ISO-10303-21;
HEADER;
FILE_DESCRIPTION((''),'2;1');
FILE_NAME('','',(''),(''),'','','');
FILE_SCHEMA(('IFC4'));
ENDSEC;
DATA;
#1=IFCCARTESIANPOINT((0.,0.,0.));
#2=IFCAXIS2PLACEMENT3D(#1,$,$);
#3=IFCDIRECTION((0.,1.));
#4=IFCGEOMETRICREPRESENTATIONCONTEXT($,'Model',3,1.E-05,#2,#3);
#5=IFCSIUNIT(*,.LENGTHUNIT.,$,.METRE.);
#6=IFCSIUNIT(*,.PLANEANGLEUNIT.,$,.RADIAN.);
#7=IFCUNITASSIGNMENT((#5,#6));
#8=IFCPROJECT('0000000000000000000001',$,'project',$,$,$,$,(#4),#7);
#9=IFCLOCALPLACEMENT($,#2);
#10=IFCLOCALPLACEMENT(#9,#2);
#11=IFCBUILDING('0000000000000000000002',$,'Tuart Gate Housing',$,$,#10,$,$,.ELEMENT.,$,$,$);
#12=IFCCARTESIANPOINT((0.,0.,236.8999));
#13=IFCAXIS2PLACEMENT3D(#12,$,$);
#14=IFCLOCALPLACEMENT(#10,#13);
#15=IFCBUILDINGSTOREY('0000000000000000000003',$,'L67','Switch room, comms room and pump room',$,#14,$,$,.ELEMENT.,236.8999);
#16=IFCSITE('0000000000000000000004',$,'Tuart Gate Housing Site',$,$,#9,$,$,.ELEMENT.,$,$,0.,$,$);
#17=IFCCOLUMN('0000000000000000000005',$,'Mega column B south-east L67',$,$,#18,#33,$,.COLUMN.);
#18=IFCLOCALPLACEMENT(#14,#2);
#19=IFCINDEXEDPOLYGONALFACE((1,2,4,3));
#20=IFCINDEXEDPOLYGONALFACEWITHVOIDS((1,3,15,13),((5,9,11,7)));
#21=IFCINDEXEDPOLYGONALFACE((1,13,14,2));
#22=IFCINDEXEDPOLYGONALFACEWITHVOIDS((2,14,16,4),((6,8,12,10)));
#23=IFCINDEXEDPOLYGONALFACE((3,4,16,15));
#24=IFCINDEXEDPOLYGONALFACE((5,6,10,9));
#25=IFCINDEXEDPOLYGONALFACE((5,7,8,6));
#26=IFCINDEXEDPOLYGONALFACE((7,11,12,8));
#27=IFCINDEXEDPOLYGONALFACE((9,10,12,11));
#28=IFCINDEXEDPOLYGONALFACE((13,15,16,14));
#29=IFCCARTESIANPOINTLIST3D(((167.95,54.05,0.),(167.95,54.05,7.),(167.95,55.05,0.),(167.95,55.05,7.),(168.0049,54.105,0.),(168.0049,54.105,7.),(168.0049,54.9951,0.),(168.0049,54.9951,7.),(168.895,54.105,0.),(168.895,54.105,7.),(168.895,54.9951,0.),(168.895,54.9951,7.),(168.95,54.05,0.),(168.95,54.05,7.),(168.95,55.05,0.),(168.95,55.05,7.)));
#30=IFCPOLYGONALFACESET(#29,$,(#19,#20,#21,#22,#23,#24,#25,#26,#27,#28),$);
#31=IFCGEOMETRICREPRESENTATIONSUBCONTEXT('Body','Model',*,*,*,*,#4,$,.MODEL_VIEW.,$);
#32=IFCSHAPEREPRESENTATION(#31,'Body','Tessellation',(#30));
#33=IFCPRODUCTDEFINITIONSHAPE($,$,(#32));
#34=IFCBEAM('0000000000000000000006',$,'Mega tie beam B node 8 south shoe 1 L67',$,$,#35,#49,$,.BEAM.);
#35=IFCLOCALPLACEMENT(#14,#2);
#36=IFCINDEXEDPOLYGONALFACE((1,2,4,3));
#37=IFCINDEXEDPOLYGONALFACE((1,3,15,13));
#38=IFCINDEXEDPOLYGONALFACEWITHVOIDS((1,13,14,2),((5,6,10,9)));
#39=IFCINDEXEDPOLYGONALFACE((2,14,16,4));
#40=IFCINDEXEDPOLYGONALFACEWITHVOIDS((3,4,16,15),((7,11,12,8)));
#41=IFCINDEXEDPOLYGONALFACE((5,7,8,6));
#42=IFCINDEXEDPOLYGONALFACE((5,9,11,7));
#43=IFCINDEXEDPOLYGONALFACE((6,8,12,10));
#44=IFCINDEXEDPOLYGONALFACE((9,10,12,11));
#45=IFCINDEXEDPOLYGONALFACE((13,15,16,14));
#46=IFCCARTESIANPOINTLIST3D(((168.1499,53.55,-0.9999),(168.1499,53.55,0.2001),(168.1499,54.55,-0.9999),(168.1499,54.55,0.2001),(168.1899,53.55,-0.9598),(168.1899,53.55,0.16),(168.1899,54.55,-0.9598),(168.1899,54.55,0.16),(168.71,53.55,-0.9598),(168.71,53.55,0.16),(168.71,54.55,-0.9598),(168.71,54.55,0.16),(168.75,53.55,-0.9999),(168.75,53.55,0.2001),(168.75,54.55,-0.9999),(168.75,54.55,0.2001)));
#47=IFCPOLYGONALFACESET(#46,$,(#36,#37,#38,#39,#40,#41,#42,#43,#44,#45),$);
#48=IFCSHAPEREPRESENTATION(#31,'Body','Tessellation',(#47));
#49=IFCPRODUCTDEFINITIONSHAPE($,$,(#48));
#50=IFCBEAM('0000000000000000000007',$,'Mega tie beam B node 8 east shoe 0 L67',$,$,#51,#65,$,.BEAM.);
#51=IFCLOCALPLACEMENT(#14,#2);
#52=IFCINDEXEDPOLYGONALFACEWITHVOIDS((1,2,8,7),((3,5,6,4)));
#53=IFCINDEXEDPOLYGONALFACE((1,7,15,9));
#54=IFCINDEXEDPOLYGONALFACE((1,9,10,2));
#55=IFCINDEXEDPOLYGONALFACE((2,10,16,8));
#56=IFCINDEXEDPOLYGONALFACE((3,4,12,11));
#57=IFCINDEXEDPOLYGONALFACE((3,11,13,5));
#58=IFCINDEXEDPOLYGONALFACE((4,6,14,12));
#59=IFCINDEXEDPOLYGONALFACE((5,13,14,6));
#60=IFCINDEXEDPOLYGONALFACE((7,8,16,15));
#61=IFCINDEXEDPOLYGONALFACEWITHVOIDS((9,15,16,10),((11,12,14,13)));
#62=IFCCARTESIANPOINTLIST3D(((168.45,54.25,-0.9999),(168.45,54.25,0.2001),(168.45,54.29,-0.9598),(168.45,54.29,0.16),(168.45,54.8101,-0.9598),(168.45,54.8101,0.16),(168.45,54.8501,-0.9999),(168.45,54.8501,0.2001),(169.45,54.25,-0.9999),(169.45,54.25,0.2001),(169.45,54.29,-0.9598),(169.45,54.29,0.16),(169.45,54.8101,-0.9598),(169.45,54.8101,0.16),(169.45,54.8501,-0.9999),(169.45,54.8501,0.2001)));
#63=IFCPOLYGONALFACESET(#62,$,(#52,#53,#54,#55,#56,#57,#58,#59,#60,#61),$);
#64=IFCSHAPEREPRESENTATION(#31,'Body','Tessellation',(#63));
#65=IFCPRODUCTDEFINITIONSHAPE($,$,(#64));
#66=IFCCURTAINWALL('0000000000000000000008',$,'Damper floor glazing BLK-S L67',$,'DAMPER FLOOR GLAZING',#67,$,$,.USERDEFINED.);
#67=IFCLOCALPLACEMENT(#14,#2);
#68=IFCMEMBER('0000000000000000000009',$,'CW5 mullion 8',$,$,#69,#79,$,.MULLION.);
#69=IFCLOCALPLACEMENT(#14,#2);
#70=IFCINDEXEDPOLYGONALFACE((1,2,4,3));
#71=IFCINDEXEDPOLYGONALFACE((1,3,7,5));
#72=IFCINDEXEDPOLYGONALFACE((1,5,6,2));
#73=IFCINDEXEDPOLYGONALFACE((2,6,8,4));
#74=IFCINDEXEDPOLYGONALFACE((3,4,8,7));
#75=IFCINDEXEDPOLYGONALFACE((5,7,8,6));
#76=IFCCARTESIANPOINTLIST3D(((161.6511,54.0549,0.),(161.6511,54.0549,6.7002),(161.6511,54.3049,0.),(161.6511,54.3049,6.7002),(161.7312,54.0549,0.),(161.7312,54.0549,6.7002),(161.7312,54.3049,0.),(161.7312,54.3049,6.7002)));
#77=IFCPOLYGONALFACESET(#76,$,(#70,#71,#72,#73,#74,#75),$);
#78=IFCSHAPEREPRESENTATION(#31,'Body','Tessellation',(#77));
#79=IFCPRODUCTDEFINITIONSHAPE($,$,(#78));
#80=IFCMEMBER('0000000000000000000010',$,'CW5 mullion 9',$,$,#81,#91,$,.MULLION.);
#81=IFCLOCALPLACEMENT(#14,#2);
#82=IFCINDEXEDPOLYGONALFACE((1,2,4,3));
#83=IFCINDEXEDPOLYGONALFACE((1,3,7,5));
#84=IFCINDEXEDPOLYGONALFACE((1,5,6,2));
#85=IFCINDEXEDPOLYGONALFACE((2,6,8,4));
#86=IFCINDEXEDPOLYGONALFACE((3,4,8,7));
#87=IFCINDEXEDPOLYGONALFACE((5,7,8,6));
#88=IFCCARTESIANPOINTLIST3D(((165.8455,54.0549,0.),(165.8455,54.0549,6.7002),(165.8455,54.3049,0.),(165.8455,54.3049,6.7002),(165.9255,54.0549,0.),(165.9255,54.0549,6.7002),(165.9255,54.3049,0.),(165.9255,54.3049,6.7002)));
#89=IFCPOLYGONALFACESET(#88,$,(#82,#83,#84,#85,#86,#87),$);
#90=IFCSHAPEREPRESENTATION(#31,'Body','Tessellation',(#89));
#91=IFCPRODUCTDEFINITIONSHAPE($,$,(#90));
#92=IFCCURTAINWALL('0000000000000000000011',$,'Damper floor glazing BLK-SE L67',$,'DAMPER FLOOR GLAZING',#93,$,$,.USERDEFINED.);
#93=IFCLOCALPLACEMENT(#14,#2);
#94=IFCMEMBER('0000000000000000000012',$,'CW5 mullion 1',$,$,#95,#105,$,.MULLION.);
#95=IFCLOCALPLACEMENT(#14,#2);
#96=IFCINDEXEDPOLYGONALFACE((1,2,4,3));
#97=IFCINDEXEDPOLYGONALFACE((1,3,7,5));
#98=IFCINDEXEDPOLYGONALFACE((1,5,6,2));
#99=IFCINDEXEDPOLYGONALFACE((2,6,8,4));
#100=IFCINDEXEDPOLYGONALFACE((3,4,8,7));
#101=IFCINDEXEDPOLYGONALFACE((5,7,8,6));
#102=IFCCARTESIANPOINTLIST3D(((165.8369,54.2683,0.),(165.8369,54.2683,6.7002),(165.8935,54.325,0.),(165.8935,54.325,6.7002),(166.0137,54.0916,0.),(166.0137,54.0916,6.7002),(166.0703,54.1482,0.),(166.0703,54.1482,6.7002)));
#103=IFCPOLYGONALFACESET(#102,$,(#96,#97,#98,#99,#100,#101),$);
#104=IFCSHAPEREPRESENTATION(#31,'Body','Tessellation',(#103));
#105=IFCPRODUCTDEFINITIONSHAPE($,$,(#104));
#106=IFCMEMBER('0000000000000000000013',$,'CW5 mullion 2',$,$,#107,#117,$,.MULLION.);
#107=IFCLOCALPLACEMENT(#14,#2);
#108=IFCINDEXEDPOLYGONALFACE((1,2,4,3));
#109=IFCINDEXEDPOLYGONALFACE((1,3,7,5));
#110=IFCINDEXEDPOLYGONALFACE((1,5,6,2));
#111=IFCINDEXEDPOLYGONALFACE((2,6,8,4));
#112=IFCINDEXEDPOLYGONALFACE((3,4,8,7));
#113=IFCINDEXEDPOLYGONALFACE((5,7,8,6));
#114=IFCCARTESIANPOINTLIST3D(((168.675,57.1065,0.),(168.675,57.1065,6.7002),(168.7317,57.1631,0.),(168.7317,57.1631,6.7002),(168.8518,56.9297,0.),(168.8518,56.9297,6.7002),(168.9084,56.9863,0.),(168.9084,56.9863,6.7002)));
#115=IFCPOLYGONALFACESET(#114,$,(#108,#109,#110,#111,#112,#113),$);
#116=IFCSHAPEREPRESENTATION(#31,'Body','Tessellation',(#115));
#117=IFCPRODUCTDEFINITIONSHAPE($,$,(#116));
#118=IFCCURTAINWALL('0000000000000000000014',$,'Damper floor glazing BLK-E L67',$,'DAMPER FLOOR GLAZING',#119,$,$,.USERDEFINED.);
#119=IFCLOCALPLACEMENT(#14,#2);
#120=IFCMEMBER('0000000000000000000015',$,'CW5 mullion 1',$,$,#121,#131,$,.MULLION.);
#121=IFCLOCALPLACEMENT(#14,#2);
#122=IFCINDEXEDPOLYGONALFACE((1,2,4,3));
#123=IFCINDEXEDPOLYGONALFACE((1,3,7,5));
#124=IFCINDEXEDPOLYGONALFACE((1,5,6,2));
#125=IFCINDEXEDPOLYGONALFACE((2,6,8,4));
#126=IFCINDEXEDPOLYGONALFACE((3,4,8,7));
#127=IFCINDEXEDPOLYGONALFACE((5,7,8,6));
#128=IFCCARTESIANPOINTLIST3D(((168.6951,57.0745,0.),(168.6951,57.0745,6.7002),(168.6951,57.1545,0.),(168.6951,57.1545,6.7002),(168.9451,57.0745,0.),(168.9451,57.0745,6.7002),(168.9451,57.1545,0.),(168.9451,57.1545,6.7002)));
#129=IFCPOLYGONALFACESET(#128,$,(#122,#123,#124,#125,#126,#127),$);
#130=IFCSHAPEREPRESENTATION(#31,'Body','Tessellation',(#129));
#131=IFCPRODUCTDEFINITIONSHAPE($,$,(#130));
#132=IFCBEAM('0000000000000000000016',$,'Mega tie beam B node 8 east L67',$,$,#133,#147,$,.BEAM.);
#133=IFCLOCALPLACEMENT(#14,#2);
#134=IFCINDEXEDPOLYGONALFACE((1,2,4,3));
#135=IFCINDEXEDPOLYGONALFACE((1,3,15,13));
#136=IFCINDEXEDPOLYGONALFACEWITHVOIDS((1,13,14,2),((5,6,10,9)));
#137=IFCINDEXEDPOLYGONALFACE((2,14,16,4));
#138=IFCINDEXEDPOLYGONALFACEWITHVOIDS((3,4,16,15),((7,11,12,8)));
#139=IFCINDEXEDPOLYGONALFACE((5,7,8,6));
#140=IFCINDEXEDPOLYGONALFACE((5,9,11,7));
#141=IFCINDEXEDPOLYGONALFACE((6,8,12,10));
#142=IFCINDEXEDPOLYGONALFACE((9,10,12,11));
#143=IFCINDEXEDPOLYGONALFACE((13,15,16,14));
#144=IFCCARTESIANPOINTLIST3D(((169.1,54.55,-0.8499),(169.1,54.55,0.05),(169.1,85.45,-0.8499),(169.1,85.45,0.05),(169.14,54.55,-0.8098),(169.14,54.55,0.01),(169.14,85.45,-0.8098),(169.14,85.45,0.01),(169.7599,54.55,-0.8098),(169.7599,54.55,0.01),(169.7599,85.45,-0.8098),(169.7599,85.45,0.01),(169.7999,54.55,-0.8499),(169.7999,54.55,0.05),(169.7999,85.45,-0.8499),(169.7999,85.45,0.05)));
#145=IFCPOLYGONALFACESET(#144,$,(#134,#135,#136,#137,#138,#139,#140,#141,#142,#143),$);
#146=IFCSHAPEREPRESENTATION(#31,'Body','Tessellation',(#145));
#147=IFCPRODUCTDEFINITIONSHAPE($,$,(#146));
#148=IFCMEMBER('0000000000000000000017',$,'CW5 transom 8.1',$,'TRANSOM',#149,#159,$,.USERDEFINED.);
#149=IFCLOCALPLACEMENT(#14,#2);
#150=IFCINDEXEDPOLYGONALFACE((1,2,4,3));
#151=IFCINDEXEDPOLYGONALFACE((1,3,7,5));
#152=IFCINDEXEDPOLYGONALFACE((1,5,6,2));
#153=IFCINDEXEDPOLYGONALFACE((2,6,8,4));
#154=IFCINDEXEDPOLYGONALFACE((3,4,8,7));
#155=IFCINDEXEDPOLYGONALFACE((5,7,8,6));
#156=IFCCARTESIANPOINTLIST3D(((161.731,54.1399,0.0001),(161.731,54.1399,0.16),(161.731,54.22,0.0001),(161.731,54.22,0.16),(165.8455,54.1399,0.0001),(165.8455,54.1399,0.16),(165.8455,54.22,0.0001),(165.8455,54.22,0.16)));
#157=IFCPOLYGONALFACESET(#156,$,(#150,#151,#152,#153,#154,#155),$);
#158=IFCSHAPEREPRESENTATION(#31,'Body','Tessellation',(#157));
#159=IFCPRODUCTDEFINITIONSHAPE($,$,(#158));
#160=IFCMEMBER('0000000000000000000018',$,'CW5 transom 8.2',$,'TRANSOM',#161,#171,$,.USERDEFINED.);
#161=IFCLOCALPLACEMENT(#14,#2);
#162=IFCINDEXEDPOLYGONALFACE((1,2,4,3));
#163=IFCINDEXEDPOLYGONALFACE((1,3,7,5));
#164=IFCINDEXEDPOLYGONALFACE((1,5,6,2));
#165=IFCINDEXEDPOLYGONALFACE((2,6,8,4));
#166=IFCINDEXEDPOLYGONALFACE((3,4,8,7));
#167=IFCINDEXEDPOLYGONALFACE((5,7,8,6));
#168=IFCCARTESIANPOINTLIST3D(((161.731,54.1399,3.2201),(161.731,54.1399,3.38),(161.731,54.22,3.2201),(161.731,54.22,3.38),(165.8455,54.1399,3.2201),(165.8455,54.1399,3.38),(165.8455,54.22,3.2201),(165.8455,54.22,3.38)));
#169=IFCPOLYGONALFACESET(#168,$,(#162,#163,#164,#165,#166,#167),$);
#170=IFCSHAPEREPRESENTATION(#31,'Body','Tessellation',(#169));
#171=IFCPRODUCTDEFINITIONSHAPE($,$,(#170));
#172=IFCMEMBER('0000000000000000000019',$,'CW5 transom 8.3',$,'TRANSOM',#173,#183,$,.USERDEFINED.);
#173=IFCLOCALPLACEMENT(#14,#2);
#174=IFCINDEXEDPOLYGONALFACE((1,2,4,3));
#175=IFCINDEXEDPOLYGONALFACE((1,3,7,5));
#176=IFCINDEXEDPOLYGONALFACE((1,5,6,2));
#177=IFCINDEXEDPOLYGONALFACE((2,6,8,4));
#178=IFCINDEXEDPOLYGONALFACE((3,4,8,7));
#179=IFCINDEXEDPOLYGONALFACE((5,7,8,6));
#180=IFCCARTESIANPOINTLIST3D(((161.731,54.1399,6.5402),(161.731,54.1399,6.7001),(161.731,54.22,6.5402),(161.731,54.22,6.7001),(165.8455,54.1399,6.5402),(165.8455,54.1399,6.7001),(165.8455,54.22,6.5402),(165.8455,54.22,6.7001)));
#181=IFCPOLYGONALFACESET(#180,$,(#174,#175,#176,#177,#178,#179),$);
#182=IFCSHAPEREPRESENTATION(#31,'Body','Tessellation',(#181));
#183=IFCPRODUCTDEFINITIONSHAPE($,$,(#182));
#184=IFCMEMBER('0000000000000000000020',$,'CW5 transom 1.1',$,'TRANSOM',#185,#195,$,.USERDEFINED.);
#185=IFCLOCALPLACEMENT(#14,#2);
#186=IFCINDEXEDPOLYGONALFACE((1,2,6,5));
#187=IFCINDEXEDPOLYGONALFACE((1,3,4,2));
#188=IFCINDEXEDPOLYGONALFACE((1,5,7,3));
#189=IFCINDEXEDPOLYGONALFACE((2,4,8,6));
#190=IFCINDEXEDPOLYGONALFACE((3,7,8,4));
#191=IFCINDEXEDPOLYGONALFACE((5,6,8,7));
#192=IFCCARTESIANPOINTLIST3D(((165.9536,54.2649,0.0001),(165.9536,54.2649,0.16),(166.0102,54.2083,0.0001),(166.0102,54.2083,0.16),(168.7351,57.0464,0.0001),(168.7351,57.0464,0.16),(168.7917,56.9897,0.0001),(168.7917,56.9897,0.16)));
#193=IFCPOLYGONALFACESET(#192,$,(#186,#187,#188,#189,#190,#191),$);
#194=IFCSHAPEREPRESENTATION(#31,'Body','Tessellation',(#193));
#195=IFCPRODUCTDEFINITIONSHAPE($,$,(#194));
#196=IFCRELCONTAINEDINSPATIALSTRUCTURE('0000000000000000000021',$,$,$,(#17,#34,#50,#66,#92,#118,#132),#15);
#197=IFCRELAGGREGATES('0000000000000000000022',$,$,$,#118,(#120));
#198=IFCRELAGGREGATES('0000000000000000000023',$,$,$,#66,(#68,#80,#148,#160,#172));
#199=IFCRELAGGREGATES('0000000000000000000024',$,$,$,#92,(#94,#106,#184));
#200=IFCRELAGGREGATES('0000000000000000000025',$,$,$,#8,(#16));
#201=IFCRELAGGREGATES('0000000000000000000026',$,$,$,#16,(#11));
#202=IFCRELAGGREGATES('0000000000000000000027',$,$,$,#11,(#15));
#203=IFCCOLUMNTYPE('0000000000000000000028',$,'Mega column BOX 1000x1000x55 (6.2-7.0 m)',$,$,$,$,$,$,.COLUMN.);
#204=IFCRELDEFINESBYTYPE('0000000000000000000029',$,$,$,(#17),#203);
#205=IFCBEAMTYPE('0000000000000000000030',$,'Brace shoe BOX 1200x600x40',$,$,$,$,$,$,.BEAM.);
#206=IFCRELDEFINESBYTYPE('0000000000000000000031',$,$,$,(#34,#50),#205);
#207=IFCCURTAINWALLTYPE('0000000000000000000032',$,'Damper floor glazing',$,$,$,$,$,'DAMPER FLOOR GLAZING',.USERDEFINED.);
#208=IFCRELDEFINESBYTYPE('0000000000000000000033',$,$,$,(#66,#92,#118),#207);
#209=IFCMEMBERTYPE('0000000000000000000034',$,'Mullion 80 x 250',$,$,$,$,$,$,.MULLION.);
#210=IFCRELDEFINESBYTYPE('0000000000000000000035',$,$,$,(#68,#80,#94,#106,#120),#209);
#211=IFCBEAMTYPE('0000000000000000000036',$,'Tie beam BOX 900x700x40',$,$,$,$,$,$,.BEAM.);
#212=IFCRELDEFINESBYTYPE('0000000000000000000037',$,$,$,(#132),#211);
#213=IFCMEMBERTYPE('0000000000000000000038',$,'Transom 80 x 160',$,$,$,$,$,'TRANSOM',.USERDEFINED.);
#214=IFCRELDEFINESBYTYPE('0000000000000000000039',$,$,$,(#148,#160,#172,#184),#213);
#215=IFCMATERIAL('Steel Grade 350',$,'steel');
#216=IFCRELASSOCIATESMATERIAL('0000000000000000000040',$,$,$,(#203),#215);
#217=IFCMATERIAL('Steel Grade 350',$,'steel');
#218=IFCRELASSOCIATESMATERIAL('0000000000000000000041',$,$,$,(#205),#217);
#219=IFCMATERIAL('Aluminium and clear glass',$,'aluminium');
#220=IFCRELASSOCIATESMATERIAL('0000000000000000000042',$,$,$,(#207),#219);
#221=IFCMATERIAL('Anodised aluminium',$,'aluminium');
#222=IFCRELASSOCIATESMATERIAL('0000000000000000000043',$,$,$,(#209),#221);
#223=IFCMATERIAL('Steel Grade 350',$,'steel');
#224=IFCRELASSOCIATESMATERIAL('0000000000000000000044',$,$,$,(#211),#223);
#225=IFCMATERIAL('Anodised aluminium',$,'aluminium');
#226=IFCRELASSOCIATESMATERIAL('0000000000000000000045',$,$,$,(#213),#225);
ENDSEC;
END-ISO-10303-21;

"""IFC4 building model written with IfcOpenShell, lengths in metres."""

from ifc_helpers import new_model, si_unit, direction, frame, origin, origin_2d, place, context, subcontext, project, spatial, rectangle, hollow_rectangle, extrude, material, material_profile, profile_set, type_object, element, aggregate, save


model = new_model("IFC4")

# Units and contexts
model_context = context("Model", 3, precision=1e-05, world=origin(), true_north=direction((0.0, 1.0)))
body_context = subcontext(model_context, "Body", "Model", "MODEL_VIEW")
ifc_project = project(units=[si_unit("LENGTHUNIT", "METRE"), si_unit("PLANEANGLEUNIT", "RADIAN")], contexts=[model_context])

# Site, building, storey
site_placement = place(None, origin())
site = spatial("IfcSite", under=ifc_project, at=site_placement, Name="Tuart Gate Housing Site", CompositionType="ELEMENT", RefElevation=0.0)
building_placement = place(site_placement, origin())
building = spatial("IfcBuilding", under=site, at=building_placement, Name="Tuart Gate Housing", CompositionType="ELEMENT")
storey_placement = place(building_placement, frame((0.0, 0.0, 236.8999)))
storey = spatial("IfcBuildingStorey", under=building, at=storey_placement, Name="L67", Description="Switch room, comms room and pump room", CompositionType="ELEMENT", Elevation=236.8999)

# Column
ifc_material_1 = material(Name="Steel Grade 350", Category="steel")
ifc_material_profile_1 = material_profile(ifc_material_1, hollow_rectangle(XDim=1.0, YDim=1.0, WallThickness=0.0549, at=origin_2d()), Name="BOX 1000x1000x55")
ifc_profile_set_1 = profile_set([ifc_material_profile_1], Name="Steel Grade 350")
column_type = type_object("IfcColumnType", Name="Mega column BOX 1000x1000x55 (6.2-7.0 m)", PredefinedType="COLUMN", material=ifc_profile_set_1)
column_placement = place(storey_placement, frame((168.45, 54.55, 0.0), z_axis=(0.0, 0.0, 1.0), x_axis=(1.0, 0.0, 0.0)))
element("IfcColumn", 1, at=column_placement, inside=storey, type_object=column_type, Name="Mega column B south-east L67", PredefinedType="COLUMN", context=body_context, shape_type="SweptSolid", body=[
    extrude(hollow_rectangle(XDim=1.0, YDim=1.0, WallThickness=0.0549, at=origin_2d()), origin(), (0.0, 0.0, 1.0), 7.0),
])

# Beams
ifc_material_2 = material(Name="Steel Grade 350", Category="steel")
ifc_material_profile_2 = material_profile(ifc_material_2, hollow_rectangle(XDim=0.6001, YDim=1.2, WallThickness=0.04, at=origin_2d()), Name="BOX 1200x600x40")
ifc_profile_set_2 = profile_set([ifc_material_profile_2], Name="Steel Grade 350")
beam_type_1 = type_object("IfcBeamType", Name="Brace shoe BOX 1200x600x40", PredefinedType="BEAM", material=ifc_profile_set_2)
for number, where, z_axis, x_axis, name in (
    (2, (168.45, 54.55, -0.3999), (0.0, -1.0, 0.0), (1.0, 0.0, 0.0), "Mega tie beam B node 8 south shoe 1 L67"),
    (3, (168.45, 54.55, -0.3999), (1.0, 0.0, 0.0), (0.0, 1.0, 0.0), "Mega tie beam B node 8 east shoe 0 L67"),
):
    element("IfcBeam", number, at=place(storey_placement, frame(where, z_axis=z_axis, x_axis=x_axis)), inside=storey, type_object=beam_type_1, Name=name, PredefinedType="BEAM", context=body_context, shape_type="SweptSolid", body=[
        extrude(hollow_rectangle(XDim=0.6001, YDim=1.2, WallThickness=0.04, at=origin_2d()), origin(), (0.0, 0.0, 1.0), 1.0),
    ])

# Curtain walls, members
ifc_material_3 = material(Name="Aluminium and clear glass", Category="aluminium")
curtain_wall_type = type_object("IfcCurtainWallType", Name="Damper floor glazing", ElementType="DAMPER FLOOR GLAZING", PredefinedType="USERDEFINED", material=ifc_material_3)
curtain_wall_1_placement = place(storey_placement, origin())
curtain_wall_1 = element("IfcCurtainWall", 4, at=curtain_wall_1_placement, inside=storey, type_object=curtain_wall_type, Name="Damper floor glazing BLK-S L67", ObjectType="DAMPER FLOOR GLAZING", PredefinedType="USERDEFINED")
ifc_material_4 = material(Name="Anodised aluminium", Category="aluminium")
ifc_material_profile_3 = material_profile(ifc_material_4, rectangle(XDim=0.0801, YDim=0.25, at=origin_2d()), Name="80x250")
ifc_profile_set_3 = profile_set([ifc_material_profile_3], Name="Anodised aluminium")
member_type_1 = type_object("IfcMemberType", Name="Mullion 80 x 250", PredefinedType="MULLION", material=ifc_profile_set_3)
member_1_placement = place(storey_placement, frame((161.6912, 54.1799, 0.0), z_axis=(0.0, 0.0, 1.0), x_axis=(1.0, 0.0, 0.0)))
member_1 = element("IfcMember", 5, at=member_1_placement, type_object=member_type_1, Name="CW5 mullion 8", PredefinedType="MULLION", context=body_context, shape_type="SweptSolid", body=[
    extrude(rectangle(XDim=0.0801, YDim=0.25, at=origin_2d()), origin(), (0.0, 0.0, 1.0), 6.7002),
])
member_2_placement = place(storey_placement, frame((165.8855, 54.1799, 0.0), z_axis=(0.0, 0.0, 1.0), x_axis=(1.0, 0.0, 0.0)))
member_2 = element("IfcMember", 6, at=member_2_placement, type_object=member_type_1, Name="CW5 mullion 9", PredefinedType="MULLION", context=body_context, shape_type="SweptSolid", body=[
    extrude(rectangle(XDim=0.0801, YDim=0.25, at=origin_2d()), origin(), (0.0, 0.0, 1.0), 6.7002),
])
curtain_wall_2_placement = place(storey_placement, origin())
curtain_wall_2 = element("IfcCurtainWall", 7, at=curtain_wall_2_placement, inside=storey, type_object=curtain_wall_type, Name="Damper floor glazing BLK-SE L67", ObjectType="DAMPER FLOOR GLAZING", PredefinedType="USERDEFINED")
member_3_placement = place(storey_placement, frame((165.9536, 54.2083, 0.0), z_axis=(0.0, 0.0, 1.0), x_axis=(0.707107, 0.707107, 0.0)))
member_3 = element("IfcMember", 8, at=member_3_placement, type_object=member_type_1, Name="CW5 mullion 1", PredefinedType="MULLION", context=body_context, shape_type="SweptSolid", body=[
    extrude(rectangle(XDim=0.0801, YDim=0.25, at=origin_2d()), origin(), (0.0, 0.0, 1.0), 6.7002),
])
member_4_placement = place(storey_placement, frame((168.7917, 57.0464, 0.0), z_axis=(0.0, 0.0, 1.0), x_axis=(0.707107, 0.707107, 0.0)))
member_4 = element("IfcMember", 9, at=member_4_placement, type_object=member_type_1, Name="CW5 mullion 2", PredefinedType="MULLION", context=body_context, shape_type="SweptSolid", body=[
    extrude(rectangle(XDim=0.0801, YDim=0.25, at=origin_2d()), origin(), (0.0, 0.0, 1.0), 6.7002),
])

# Curtain wall, member
curtain_wall_3_placement = place(storey_placement, origin())
curtain_wall_3 = element("IfcCurtainWall", 10, at=curtain_wall_3_placement, inside=storey, type_object=curtain_wall_type, Name="Damper floor glazing BLK-E L67", ObjectType="DAMPER FLOOR GLAZING", PredefinedType="USERDEFINED")
member_5_placement = place(storey_placement, frame((168.8201, 57.1145, 0.0), z_axis=(0.0, 0.0, 1.0), x_axis=(0.0, 1.0, 0.0)))
member_5 = element("IfcMember", 11, at=member_5_placement, type_object=member_type_1, Name="CW5 mullion 1", PredefinedType="MULLION", context=body_context, shape_type="SweptSolid", body=[
    extrude(rectangle(XDim=0.0801, YDim=0.25, at=origin_2d()), origin(), (0.0, 0.0, 1.0), 6.7002),
])

# Beam
ifc_material_5 = material(Name="Steel Grade 350", Category="steel")
ifc_material_profile_4 = material_profile(ifc_material_5, hollow_rectangle(XDim=0.7, YDim=0.8999, WallThickness=0.04, at=origin_2d()), Name="BOX 900x700x40")
ifc_profile_set_4 = profile_set([ifc_material_profile_4], Name="Steel Grade 350")
beam_type_2 = type_object("IfcBeamType", Name="Tie beam BOX 900x700x40", PredefinedType="BEAM", material=ifc_profile_set_4)
beam_placement = place(storey_placement, frame((169.45, 54.55, -0.3999), z_axis=(0.0, 1.0, 0.0), x_axis=(-1.0, 0.0, 0.0)))
element("IfcBeam", 12, at=beam_placement, inside=storey, type_object=beam_type_2, Name="Mega tie beam B node 8 east L67", PredefinedType="BEAM", context=body_context, shape_type="SweptSolid", body=[
    extrude(hollow_rectangle(XDim=0.7, YDim=0.8999, WallThickness=0.04, at=origin_2d()), origin(), (0.0, 0.0, 1.0), 30.8999),
])

# Members
ifc_material_6 = material(Name="Anodised aluminium", Category="aluminium")
ifc_material_profile_5 = material_profile(ifc_material_6, rectangle(XDim=0.0801, YDim=0.1599, at=origin_2d()), Name="80x160")
ifc_profile_set_5 = profile_set([ifc_material_profile_5], Name="Anodised aluminium")
member_type_2 = type_object("IfcMemberType", Name="Transom 80 x 160", ElementType="TRANSOM", PredefinedType="USERDEFINED", material=ifc_profile_set_5)
member_6_placement = place(storey_placement, frame((161.731, 54.1799, 0.0801), z_axis=(1.0, 0.0, 0.0), x_axis=(0.0, 1.0, 0.0)))
member_6 = element("IfcMember", 13, at=member_6_placement, type_object=member_type_2, Name="CW5 transom 8.1", ObjectType="TRANSOM", PredefinedType="USERDEFINED", context=body_context, shape_type="SweptSolid", body=[
    extrude(rectangle(XDim=0.0801, YDim=0.1599, at=origin_2d()), origin(), (0.0, 0.0, 1.0), 4.1145),
])
member_7_placement = place(storey_placement, frame((161.731, 54.1799, 3.3), z_axis=(1.0, 0.0, 0.0), x_axis=(0.0, 1.0, 0.0)))
member_7 = element("IfcMember", 14, at=member_7_placement, type_object=member_type_2, Name="CW5 transom 8.2", ObjectType="TRANSOM", PredefinedType="USERDEFINED", context=body_context, shape_type="SweptSolid", body=[
    extrude(rectangle(XDim=0.0801, YDim=0.1599, at=origin_2d()), origin(), (0.0, 0.0, 1.0), 4.1145),
])
member_8_placement = place(storey_placement, frame((161.731, 54.1799, 6.6201), z_axis=(1.0, 0.0, 0.0), x_axis=(0.0, 1.0, 0.0)))
member_8 = element("IfcMember", 15, at=member_8_placement, type_object=member_type_2, Name="CW5 transom 8.3", ObjectType="TRANSOM", PredefinedType="USERDEFINED", context=body_context, shape_type="SweptSolid", body=[
    extrude(rectangle(XDim=0.0801, YDim=0.1599, at=origin_2d()), origin(), (0.0, 0.0, 1.0), 4.1145),
])
member_9_placement = place(storey_placement, frame((165.9819, 54.2366, 0.0801), z_axis=(0.707107, 0.707107, 0.0), x_axis=(-0.707107, 0.707107, 0.0)))
member_9 = element("IfcMember", 16, at=member_9_placement, type_object=member_type_2, Name="CW5 transom 1.1", ObjectType="TRANSOM", PredefinedType="USERDEFINED", context=body_context, shape_type="SweptSolid", body=[
    extrude(rectangle(XDim=0.0801, YDim=0.1599, at=origin_2d()), origin(), (0.0, 0.0, 1.0), 3.9336),
])
aggregate(curtain_wall_3, [member_5])

aggregate(curtain_wall_1, [member_1, member_2, member_6, member_7, member_8])
aggregate(curtain_wall_2, [member_3, member_4, member_9])

save(model, "model.ifc")
